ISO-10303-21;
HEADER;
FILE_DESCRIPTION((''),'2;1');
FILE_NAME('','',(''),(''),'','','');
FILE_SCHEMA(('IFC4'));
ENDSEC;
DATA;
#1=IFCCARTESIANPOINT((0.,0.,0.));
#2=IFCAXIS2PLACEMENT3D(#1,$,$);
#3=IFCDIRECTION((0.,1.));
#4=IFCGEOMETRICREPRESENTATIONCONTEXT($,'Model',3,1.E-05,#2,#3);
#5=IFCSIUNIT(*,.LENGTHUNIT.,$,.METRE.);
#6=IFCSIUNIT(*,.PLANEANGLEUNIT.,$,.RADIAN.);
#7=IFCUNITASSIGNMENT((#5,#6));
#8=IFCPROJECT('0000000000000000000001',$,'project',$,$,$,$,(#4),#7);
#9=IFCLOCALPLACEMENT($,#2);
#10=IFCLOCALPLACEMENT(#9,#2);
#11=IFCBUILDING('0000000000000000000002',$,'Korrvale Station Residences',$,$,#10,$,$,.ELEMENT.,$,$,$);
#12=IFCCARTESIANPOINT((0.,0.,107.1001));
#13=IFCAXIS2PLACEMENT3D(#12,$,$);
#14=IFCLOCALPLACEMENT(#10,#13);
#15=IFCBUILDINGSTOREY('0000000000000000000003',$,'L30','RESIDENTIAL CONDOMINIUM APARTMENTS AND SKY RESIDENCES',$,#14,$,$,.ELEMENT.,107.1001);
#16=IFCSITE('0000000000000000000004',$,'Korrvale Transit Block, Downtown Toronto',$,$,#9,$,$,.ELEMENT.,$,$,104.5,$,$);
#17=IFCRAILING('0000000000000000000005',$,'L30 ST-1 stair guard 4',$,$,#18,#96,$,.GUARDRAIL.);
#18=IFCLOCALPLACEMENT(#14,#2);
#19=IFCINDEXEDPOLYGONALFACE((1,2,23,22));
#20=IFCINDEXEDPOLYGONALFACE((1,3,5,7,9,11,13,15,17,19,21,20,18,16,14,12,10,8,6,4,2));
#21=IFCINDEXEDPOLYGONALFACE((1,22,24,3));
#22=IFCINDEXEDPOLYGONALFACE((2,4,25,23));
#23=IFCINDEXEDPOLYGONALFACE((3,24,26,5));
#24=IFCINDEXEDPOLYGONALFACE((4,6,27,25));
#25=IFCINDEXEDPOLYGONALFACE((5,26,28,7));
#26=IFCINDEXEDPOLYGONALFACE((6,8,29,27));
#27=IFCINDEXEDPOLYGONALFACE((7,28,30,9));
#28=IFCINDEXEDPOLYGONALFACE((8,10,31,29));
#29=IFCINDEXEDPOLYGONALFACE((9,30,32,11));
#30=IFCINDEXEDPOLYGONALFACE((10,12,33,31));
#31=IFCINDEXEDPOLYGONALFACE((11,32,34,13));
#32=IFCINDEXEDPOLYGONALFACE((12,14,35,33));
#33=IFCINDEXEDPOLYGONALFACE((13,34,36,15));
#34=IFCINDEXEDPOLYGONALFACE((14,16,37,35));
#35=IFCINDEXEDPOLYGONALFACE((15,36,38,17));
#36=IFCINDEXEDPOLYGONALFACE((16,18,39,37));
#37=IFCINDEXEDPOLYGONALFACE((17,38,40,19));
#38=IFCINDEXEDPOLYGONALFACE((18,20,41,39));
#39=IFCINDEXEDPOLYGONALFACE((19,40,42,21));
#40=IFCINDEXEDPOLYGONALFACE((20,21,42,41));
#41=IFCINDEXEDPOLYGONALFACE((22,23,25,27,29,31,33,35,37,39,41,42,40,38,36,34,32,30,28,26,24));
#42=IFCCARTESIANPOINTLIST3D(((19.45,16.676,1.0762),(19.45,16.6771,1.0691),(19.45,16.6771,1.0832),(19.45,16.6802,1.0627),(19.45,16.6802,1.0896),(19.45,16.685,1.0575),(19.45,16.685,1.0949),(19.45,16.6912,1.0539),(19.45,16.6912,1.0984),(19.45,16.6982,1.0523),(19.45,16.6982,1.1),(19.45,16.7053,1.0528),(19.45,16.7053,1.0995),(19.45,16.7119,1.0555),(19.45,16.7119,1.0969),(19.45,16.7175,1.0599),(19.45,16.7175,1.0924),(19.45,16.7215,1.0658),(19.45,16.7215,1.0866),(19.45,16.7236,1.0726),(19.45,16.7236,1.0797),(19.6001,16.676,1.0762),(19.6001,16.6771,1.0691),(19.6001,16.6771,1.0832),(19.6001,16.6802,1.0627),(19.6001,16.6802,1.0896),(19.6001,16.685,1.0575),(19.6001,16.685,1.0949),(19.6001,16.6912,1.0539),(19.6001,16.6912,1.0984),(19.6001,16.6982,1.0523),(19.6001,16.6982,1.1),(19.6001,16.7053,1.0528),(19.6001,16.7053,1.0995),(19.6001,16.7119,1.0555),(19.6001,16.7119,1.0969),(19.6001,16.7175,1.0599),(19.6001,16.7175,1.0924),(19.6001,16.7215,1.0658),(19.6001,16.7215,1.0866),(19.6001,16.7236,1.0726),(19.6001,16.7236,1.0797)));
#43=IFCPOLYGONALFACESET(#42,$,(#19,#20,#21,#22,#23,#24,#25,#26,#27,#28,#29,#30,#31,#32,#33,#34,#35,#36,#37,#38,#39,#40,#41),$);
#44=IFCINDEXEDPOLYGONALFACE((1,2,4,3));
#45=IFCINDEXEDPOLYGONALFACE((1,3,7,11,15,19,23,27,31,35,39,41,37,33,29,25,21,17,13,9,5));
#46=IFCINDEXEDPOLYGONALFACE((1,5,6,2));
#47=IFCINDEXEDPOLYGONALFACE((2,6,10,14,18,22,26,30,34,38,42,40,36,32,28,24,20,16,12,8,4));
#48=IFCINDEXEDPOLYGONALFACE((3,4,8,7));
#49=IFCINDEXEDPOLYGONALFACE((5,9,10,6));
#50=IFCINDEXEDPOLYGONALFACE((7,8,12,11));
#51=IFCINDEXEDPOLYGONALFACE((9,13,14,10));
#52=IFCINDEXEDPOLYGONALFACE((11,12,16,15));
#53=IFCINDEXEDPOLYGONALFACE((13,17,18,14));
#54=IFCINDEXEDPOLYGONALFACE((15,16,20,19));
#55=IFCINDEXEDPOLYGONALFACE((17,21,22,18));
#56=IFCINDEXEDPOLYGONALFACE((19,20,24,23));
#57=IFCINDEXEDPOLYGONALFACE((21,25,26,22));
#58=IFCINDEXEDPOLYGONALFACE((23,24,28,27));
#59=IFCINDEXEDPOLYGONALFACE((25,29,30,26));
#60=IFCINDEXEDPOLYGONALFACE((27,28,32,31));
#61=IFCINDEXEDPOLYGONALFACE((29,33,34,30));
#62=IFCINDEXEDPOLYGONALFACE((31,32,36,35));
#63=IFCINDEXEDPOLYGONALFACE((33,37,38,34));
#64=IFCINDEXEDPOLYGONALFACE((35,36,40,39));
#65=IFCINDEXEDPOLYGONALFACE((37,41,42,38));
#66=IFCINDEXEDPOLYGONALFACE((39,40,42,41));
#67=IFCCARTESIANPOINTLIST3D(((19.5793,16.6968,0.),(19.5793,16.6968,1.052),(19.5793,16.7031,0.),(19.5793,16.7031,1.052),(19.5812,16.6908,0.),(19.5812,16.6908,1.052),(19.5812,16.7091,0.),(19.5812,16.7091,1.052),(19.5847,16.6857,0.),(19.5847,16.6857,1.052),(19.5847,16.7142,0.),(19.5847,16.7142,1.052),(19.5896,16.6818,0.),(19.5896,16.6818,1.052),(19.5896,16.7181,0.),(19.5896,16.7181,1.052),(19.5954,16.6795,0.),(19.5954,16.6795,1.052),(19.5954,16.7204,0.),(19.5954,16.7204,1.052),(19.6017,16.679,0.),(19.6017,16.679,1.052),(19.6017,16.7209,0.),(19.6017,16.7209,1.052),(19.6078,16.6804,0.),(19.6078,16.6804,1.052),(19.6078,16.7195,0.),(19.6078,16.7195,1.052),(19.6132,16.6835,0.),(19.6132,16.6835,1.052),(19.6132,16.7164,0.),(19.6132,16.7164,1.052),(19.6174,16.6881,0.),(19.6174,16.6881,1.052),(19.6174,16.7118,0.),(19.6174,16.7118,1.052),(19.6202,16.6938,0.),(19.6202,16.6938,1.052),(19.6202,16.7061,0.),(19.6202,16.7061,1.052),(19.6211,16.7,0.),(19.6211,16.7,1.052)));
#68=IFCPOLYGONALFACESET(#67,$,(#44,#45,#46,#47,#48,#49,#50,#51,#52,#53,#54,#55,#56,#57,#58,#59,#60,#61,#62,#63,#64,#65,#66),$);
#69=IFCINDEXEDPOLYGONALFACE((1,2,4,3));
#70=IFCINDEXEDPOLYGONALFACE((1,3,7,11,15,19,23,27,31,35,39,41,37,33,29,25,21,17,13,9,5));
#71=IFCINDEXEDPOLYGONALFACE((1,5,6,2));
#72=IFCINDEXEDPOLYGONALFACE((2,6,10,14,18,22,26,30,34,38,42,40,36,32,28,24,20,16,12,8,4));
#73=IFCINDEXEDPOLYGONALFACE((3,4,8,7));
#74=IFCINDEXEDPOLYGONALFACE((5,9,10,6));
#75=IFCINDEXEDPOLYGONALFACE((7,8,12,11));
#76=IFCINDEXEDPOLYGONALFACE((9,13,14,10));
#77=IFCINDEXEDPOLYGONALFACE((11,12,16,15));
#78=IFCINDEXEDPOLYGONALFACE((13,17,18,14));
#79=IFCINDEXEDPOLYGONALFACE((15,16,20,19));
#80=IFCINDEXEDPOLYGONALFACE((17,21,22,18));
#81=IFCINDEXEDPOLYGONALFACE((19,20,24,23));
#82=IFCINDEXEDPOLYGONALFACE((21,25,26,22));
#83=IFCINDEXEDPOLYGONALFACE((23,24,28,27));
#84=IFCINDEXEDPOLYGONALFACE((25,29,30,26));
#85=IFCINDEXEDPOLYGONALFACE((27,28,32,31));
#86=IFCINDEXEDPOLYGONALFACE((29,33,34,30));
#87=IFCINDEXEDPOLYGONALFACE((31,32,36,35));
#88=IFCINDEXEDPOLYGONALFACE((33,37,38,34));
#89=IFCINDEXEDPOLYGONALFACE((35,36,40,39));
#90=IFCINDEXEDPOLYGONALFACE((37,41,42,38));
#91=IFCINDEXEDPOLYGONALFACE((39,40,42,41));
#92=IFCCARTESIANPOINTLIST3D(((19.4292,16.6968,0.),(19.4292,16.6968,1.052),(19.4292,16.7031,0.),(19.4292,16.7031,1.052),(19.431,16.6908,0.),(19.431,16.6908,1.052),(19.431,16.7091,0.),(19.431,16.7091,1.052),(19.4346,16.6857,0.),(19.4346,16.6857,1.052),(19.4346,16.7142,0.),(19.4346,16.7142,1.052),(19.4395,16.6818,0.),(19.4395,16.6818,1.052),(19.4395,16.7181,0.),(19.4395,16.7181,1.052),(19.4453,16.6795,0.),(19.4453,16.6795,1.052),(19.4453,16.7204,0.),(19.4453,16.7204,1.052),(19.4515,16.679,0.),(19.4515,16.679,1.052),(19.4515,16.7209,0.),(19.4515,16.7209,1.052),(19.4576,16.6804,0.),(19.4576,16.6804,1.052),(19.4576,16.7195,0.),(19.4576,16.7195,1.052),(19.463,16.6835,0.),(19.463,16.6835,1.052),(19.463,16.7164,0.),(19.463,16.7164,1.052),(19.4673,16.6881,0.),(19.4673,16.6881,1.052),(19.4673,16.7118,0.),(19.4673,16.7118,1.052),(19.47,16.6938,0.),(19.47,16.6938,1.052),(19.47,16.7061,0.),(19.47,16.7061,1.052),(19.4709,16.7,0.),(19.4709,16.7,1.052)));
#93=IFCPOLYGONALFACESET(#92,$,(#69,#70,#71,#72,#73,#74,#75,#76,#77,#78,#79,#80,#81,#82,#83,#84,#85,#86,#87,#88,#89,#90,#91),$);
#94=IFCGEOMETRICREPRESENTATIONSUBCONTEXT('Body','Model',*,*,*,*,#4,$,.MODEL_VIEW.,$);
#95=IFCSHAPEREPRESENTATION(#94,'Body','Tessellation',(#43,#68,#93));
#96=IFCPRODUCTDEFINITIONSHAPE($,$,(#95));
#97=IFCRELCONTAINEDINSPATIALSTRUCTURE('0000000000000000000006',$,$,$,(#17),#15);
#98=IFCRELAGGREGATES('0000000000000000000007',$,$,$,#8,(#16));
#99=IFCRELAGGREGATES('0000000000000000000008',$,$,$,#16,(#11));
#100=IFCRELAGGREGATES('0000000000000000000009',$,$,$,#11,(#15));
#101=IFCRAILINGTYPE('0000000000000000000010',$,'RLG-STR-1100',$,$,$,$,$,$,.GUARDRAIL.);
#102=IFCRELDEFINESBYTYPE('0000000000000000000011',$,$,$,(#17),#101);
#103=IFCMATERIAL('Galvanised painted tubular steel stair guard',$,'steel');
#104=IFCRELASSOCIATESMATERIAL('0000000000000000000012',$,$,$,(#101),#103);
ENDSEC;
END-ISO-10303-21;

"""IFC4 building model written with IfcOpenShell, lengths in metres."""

from ifc_helpers import new_model, si_unit, direction, frame, origin, origin_2d, place, context, subcontext, project, spatial, circle, extrude, material, type_object, element, save


model = new_model("IFC4")

# Units and contexts
model_context = context("Model", 3, precision=1e-05, world=origin(), true_north=direction((0.0, 1.0)))
body_context = subcontext(model_context, "Body", "Model", "MODEL_VIEW")
ifc_project = project(units=[si_unit("LENGTHUNIT", "METRE"), si_unit("PLANEANGLEUNIT", "RADIAN")], contexts=[model_context])

# Site, building, storey
site_placement = place(None, origin())
site = spatial("IfcSite", under=ifc_project, at=site_placement, Name="Korrvale Transit Block, Downtown Toronto", CompositionType="ELEMENT", RefElevation=104.5)
building_placement = place(site_placement, origin())
building = spatial("IfcBuilding", under=site, at=building_placement, Name="Korrvale Station Residences", CompositionType="ELEMENT")
storey_placement = place(building_placement, frame((0.0, 0.0, 107.1001)))
storey = spatial("IfcBuildingStorey", under=building, at=storey_placement, Name="L30", Description="RESIDENTIAL CONDOMINIUM APARTMENTS AND SKY RESIDENCES", CompositionType="ELEMENT", Elevation=107.1001)

# Railing
ifc_material_1 = material(Name="Galvanised painted tubular steel stair guard", Category="steel")
railing_type_1 = type_object("IfcRailingType", Name="RLG-STR-1100", PredefinedType="GUARDRAIL", material=ifc_material_1)
railing_1_placement = place(storey_placement, frame((19.6001, 16.7, 0.0)))
element("IfcRailing", 1, at=railing_1_placement, inside=storey, type_object=railing_type_1, Name="L30 ST-1 stair guard 4", PredefinedType="GUARDRAIL", context=body_context, shape_type="SweptSolid", body=[
    extrude(circle(Radius=0.0239, at=origin_2d()), frame((0.0, 0.0, 1.0762), z_axis=(-1.0, 0.0, 0.0), x_axis=(0.0, -1.0, 0.0)), (0.0, 0.0, 1.0), 0.1501),
    extrude(circle(Radius=0.021, at=origin_2d()), origin(), (0.0, 0.0, 1.0), 1.052),
    extrude(circle(Radius=0.021, at=origin_2d()), frame((-0.1501, 0.0, 0.0)), (0.0, 0.0, 1.0), 1.052),
])

save(model, "model.ifc")
